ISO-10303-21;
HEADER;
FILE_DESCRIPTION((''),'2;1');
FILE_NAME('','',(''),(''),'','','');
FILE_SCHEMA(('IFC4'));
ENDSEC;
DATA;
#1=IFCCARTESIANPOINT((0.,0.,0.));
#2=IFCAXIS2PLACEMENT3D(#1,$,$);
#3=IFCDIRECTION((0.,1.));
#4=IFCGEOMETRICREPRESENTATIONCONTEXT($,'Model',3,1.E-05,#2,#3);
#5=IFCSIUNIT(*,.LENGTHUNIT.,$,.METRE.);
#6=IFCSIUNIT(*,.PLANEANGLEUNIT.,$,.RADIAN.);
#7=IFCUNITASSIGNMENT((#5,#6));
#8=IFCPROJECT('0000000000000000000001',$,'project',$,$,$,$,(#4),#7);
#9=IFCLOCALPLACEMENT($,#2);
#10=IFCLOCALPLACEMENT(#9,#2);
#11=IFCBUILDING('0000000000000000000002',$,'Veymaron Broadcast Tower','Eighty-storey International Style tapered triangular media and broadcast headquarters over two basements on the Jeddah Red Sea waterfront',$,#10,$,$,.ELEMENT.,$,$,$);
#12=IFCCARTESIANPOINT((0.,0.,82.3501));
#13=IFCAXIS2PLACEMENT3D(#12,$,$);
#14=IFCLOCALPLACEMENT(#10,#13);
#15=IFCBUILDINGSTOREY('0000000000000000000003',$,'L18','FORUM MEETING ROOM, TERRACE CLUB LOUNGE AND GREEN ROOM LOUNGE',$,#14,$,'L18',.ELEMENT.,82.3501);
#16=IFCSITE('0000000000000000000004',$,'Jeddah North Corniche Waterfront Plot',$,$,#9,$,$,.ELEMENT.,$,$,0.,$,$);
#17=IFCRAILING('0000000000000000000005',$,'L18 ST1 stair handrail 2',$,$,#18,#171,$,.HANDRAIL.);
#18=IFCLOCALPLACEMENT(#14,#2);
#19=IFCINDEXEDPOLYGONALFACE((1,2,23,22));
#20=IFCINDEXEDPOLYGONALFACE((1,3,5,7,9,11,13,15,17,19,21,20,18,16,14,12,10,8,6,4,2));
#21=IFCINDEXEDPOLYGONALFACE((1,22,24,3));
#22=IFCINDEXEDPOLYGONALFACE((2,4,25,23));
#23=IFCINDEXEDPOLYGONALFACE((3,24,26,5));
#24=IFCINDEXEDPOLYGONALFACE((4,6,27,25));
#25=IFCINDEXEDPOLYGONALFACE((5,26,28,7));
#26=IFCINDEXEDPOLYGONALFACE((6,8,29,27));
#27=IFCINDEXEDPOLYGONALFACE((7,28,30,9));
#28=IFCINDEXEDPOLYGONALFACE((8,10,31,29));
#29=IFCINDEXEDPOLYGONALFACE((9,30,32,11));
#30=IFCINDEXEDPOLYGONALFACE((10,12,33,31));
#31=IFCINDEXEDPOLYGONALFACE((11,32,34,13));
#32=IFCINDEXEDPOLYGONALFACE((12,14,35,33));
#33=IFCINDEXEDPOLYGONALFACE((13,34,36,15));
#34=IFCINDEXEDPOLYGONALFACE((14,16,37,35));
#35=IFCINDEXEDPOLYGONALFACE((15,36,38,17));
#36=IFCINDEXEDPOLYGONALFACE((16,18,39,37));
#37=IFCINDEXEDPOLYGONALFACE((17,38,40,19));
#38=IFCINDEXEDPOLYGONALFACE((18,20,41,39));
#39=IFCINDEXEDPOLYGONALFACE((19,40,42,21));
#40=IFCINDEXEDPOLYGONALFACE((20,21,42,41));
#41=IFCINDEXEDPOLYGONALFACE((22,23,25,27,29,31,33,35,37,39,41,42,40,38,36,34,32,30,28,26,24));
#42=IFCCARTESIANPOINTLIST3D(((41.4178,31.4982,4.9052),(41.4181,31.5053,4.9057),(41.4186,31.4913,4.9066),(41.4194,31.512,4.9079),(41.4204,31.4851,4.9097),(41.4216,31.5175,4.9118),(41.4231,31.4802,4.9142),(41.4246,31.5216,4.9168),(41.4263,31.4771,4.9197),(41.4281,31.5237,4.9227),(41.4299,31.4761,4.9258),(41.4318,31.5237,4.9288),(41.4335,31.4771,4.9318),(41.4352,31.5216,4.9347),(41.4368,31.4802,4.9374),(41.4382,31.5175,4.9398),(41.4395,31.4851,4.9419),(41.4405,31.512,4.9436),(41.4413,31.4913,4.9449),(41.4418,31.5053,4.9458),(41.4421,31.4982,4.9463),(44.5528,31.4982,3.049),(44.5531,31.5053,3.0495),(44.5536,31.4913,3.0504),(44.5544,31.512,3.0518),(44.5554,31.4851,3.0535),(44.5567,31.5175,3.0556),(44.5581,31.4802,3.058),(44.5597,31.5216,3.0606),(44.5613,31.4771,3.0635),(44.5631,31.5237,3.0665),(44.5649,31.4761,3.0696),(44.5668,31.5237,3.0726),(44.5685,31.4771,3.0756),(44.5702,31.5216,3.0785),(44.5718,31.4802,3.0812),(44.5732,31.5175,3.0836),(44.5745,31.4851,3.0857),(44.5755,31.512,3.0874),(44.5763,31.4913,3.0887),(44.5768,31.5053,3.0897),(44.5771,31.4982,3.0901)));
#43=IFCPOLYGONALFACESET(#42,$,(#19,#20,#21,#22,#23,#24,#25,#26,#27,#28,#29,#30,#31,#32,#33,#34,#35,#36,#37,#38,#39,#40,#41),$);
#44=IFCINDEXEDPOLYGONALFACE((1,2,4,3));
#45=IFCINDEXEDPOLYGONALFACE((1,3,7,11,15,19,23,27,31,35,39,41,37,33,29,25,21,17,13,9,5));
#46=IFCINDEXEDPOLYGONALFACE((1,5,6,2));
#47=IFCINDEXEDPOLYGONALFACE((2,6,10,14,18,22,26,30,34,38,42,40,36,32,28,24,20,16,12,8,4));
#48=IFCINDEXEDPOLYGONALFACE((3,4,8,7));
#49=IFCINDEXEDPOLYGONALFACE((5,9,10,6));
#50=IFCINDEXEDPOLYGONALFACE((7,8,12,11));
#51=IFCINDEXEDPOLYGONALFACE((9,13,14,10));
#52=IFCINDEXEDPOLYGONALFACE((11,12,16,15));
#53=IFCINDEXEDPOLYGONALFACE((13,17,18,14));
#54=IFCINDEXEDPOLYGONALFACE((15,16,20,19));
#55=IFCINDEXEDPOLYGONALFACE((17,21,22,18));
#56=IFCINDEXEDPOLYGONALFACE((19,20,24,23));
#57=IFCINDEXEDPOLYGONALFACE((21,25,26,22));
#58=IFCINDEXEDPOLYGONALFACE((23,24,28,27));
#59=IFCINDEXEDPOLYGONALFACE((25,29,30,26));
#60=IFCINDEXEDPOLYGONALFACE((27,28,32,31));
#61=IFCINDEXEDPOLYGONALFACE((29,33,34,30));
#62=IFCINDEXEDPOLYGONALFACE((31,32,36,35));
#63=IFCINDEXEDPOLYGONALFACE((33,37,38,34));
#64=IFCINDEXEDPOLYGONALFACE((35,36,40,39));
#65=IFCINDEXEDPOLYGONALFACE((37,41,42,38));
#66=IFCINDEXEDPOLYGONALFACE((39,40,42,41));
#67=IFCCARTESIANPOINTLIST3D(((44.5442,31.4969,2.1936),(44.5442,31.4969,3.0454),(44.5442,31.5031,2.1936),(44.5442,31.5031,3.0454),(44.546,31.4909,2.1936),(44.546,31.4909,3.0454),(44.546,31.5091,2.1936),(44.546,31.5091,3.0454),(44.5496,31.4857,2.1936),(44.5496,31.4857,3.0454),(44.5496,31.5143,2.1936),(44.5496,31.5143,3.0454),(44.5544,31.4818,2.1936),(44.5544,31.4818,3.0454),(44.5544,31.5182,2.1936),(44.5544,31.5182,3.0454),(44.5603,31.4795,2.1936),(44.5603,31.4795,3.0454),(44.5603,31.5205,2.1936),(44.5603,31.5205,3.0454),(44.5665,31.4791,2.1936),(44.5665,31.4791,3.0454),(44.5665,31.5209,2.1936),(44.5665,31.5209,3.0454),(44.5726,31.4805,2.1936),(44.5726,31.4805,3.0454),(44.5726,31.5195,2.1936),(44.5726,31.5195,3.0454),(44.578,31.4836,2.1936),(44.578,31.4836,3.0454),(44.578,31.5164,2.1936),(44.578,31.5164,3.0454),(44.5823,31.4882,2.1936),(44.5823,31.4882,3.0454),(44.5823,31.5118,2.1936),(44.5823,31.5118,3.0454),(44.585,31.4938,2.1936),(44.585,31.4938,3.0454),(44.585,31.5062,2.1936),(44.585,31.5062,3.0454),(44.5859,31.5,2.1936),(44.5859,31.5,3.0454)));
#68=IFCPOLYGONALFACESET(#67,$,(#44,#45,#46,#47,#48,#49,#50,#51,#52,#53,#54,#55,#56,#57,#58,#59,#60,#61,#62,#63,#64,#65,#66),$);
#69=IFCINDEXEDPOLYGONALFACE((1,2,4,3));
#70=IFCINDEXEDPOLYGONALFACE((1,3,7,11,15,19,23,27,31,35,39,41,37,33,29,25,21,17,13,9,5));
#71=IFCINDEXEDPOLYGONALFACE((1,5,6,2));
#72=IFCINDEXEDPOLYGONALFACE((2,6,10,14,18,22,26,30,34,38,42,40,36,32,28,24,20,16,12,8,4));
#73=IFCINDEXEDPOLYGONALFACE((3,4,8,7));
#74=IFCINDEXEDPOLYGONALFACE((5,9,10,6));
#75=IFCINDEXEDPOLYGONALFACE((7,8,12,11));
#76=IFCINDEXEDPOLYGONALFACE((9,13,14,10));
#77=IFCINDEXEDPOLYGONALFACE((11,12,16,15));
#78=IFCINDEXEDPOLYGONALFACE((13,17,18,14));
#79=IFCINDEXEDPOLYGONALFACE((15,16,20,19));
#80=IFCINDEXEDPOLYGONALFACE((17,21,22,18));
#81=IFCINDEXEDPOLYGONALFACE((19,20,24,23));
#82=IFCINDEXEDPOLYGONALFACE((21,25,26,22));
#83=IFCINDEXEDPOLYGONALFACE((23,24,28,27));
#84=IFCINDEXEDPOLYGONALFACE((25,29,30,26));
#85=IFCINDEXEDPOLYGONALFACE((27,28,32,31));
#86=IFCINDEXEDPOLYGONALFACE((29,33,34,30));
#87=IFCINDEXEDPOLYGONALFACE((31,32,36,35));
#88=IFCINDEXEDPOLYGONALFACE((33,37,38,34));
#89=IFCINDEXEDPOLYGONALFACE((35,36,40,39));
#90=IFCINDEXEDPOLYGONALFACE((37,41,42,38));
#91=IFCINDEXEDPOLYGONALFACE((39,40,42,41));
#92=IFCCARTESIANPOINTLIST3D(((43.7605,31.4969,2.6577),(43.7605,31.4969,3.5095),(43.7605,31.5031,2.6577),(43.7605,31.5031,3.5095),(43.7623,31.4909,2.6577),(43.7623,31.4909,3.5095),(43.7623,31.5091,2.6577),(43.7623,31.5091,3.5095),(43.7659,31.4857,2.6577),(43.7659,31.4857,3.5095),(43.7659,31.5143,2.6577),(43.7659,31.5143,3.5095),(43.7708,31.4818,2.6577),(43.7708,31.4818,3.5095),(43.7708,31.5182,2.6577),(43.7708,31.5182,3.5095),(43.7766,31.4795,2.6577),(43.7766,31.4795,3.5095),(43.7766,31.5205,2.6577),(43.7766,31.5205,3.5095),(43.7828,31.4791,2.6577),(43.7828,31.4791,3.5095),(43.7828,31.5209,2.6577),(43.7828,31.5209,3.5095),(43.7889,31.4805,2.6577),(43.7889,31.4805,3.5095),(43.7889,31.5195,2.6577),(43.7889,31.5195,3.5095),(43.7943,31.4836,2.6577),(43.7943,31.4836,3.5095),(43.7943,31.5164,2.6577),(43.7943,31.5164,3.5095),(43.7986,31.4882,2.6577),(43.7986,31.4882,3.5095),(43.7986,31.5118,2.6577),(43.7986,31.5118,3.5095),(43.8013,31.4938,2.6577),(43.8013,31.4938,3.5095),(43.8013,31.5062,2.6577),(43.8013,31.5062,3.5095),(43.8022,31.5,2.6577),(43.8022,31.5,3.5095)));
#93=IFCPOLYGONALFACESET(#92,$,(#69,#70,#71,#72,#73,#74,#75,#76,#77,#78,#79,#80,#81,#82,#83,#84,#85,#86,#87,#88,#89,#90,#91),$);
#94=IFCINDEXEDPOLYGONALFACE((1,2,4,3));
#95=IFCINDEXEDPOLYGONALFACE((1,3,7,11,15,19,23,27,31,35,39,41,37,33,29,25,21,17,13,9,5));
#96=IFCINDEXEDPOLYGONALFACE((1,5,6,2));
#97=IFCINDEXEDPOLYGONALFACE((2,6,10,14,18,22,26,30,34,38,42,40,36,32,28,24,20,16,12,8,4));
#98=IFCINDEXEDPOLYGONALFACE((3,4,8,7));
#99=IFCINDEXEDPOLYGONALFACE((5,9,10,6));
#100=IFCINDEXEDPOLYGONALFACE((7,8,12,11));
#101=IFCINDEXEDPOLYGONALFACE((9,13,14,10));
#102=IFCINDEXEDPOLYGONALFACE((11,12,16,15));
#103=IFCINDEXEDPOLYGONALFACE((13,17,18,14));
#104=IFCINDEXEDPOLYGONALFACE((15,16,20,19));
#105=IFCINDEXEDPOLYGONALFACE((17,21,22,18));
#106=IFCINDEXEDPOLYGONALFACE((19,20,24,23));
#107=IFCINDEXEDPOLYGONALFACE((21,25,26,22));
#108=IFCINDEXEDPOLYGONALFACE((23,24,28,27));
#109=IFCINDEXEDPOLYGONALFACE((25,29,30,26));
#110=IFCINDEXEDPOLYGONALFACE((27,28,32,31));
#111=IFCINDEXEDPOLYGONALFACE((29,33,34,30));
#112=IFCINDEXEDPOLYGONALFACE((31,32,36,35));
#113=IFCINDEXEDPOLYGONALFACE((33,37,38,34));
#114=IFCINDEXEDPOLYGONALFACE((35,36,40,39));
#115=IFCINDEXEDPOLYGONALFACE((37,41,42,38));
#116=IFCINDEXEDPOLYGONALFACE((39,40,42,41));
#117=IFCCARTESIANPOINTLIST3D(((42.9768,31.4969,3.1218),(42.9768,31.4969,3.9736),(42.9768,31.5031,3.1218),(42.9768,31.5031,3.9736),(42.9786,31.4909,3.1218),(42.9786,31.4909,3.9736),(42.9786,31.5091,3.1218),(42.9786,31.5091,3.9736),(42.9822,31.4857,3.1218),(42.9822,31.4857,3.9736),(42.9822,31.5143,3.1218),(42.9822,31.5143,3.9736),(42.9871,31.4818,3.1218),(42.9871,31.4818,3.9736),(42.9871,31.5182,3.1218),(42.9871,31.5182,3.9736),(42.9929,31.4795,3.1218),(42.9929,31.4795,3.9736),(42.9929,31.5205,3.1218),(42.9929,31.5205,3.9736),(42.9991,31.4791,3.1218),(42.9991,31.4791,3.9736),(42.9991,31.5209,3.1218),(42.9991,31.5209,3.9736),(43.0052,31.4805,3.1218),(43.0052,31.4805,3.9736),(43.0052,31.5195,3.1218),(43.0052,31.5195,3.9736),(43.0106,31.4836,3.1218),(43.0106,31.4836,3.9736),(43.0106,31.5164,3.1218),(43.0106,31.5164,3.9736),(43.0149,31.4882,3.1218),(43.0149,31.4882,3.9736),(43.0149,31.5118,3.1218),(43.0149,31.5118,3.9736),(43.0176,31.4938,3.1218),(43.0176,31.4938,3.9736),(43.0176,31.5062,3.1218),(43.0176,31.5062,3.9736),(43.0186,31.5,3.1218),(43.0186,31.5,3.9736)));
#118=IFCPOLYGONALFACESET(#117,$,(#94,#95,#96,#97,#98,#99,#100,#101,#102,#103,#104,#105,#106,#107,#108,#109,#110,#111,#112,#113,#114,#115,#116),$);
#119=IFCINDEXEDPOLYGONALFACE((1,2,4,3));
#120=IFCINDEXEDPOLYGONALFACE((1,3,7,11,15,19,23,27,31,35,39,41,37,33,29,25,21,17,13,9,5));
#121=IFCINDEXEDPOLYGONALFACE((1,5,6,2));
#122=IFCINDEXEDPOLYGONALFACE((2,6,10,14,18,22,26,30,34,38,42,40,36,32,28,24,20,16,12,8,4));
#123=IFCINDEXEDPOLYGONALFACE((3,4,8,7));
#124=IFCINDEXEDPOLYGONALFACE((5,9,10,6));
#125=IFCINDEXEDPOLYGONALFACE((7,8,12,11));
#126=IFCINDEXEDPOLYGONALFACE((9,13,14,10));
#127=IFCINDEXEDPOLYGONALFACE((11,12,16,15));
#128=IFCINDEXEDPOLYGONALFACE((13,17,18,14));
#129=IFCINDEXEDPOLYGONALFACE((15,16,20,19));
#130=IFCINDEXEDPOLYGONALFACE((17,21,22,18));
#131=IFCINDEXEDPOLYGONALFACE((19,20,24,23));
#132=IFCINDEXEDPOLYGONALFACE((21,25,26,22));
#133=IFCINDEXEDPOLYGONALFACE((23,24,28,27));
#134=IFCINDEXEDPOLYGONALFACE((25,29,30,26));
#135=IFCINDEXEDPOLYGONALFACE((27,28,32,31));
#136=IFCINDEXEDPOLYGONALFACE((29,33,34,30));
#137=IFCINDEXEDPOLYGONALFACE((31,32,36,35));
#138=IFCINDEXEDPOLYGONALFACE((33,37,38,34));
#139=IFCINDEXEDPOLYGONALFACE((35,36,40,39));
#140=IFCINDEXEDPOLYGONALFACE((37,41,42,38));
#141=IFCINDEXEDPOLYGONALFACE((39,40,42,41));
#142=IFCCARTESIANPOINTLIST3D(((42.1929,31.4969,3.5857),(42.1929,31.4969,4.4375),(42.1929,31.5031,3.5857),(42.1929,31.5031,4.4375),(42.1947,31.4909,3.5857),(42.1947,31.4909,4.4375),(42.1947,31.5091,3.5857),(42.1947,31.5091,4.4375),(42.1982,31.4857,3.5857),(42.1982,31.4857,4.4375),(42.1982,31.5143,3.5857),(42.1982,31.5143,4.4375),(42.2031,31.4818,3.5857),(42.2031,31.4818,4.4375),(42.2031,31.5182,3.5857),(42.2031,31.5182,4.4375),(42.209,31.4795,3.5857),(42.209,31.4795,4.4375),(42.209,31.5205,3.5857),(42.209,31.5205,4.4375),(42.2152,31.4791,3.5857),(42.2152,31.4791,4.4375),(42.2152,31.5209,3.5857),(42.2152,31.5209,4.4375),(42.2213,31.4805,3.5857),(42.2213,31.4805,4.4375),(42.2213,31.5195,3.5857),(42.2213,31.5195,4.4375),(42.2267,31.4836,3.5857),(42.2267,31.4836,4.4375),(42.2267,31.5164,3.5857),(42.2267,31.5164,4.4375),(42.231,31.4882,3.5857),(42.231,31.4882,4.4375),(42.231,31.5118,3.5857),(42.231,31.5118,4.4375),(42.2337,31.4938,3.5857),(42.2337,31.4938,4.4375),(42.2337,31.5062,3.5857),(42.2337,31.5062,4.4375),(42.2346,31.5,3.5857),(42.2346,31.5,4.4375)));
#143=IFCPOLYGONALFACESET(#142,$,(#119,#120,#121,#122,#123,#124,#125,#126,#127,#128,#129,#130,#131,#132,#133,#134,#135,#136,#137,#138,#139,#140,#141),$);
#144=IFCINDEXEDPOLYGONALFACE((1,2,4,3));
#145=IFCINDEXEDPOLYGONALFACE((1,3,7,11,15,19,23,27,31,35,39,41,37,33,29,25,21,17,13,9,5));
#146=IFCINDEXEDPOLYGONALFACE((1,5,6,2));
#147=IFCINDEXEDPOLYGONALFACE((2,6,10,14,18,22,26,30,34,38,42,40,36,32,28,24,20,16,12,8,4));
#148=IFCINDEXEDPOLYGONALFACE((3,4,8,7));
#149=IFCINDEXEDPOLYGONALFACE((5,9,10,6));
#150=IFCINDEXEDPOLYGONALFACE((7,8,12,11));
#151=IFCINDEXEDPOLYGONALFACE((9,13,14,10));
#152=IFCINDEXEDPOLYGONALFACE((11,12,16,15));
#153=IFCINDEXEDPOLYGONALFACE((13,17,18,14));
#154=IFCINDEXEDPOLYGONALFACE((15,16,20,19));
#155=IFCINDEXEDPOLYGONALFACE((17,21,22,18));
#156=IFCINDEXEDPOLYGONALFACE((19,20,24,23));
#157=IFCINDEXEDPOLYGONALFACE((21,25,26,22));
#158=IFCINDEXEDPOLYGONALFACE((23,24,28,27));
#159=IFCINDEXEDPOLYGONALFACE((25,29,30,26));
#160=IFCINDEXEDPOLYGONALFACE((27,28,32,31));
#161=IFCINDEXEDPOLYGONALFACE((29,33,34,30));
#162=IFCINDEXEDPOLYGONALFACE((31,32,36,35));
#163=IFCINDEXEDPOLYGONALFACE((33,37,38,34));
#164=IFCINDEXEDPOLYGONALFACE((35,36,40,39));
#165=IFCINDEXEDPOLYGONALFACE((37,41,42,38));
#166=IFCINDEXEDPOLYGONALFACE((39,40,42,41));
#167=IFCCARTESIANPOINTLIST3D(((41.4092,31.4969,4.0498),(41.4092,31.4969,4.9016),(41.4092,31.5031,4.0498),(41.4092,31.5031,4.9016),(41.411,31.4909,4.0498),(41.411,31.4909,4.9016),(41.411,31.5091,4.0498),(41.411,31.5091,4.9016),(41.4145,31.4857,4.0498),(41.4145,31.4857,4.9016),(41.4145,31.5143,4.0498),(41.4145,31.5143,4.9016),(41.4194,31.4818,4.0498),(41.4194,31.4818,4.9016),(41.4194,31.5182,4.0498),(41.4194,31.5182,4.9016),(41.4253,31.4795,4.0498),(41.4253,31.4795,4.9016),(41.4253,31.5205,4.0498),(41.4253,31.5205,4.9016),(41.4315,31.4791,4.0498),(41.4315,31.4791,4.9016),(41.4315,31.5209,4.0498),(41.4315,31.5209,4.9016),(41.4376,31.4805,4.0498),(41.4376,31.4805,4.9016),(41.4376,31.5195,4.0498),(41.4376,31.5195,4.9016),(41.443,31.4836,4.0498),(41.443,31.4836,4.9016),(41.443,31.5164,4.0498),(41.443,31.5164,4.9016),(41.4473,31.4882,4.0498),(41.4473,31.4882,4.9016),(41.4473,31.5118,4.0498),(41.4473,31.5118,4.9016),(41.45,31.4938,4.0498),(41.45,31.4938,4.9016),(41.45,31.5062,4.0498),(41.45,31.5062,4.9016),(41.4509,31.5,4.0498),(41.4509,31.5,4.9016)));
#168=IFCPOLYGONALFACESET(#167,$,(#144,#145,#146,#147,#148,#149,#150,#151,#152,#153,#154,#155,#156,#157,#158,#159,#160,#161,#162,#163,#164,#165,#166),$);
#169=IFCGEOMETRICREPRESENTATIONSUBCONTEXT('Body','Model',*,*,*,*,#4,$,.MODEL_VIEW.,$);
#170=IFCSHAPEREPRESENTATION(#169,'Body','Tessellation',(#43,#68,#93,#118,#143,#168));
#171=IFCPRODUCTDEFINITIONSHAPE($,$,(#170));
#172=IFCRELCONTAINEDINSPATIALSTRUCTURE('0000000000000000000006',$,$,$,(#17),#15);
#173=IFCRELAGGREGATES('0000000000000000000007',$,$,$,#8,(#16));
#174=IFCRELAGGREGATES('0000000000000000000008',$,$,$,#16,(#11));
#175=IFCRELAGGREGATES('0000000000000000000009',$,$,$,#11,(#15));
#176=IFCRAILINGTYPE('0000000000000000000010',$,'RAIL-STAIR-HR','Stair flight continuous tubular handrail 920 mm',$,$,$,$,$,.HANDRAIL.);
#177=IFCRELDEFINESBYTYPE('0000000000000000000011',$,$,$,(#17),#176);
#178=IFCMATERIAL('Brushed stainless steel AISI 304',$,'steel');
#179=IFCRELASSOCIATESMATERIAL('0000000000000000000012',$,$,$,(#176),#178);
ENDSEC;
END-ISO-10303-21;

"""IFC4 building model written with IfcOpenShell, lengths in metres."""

from ifc_helpers import new_model, si_unit, direction, frame, origin, origin_2d, place, context, subcontext, project, spatial, circle, extrude, material, type_object, element, save


model = new_model("IFC4")

# Units and contexts
model_context = context("Model", 3, precision=1e-05, world=origin(), true_north=direction((0.0, 1.0)))
body_context = subcontext(model_context, "Body", "Model", "MODEL_VIEW")
ifc_project = project(units=[si_unit("LENGTHUNIT", "METRE"), si_unit("PLANEANGLEUNIT", "RADIAN")], contexts=[model_context])

# Site, building, storey
site_placement = place(None, origin())
site = spatial("IfcSite", under=ifc_project, at=site_placement, Name="Jeddah North Corniche Waterfront Plot", CompositionType="ELEMENT", RefElevation=0.0)
building_placement = place(site_placement, origin())
building = spatial("IfcBuilding", under=site, at=building_placement, Name="Veymaron Broadcast Tower", Description="Eighty-storey International Style tapered triangular media and broadcast headquarters over two basements on the Jeddah Red Sea waterfront", CompositionType="ELEMENT")
storey_placement = place(building_placement, frame((0.0, 0.0, 82.3501)))
storey = spatial("IfcBuildingStorey", under=building, at=storey_placement, Name="L18", Description="FORUM MEETING ROOM, TERRACE CLUB LOUNGE AND GREEN ROOM LOUNGE", LongName="L18", CompositionType="ELEMENT", Elevation=82.3501)

# Shared definitions
ifc_material_1 = material(Name="Brushed stainless steel AISI 304", Category="steel")

# Railing
railing_type_1 = type_object("IfcRailingType", Name="RAIL-STAIR-HR", Description="Stair flight continuous tubular handrail 920 mm", PredefinedType="HANDRAIL", material=ifc_material_1)
railing_1_placement = place(storey_placement, frame((44.5649, 31.5, 2.1936)))
element("IfcRailing", 1, at=railing_1_placement, inside=storey, type_object=railing_type_1, Name="L18 ST1 stair handrail 2", PredefinedType="HANDRAIL", context=body_context, shape_type="SweptSolid", body=[
    extrude(circle(Radius=0.0239, at=origin_2d()), frame((0.0, 0.0, 0.876), z_axis=(-0.860482, 0.0, 0.509481), x_axis=(0.0, -1.0, 0.0)), (0.0, 0.0, 1.0), 3.6433),
    extrude(circle(Radius=0.021, at=origin_2d()), origin(), (0.0, 0.0, 1.0), 0.8518),
    extrude(circle(Radius=0.021, at=origin_2d()), frame((-0.7837, 0.0, 0.4641)), (0.0, 0.0, 1.0), 0.8518),
    extrude(circle(Radius=0.021, at=origin_2d()), frame((-1.5674, 0.0, 0.9282)), (0.0, 0.0, 1.0), 0.8518),
    extrude(circle(Radius=0.021, at=origin_2d()), frame((-2.3513, 0.0, 1.3921)), (0.0, 0.0, 1.0), 0.8518),
    extrude(circle(Radius=0.021, at=origin_2d()), frame((-3.135, 0.0, 1.8562)), (0.0, 0.0, 1.0), 0.8518),
])

save(model, "model.ifc")
